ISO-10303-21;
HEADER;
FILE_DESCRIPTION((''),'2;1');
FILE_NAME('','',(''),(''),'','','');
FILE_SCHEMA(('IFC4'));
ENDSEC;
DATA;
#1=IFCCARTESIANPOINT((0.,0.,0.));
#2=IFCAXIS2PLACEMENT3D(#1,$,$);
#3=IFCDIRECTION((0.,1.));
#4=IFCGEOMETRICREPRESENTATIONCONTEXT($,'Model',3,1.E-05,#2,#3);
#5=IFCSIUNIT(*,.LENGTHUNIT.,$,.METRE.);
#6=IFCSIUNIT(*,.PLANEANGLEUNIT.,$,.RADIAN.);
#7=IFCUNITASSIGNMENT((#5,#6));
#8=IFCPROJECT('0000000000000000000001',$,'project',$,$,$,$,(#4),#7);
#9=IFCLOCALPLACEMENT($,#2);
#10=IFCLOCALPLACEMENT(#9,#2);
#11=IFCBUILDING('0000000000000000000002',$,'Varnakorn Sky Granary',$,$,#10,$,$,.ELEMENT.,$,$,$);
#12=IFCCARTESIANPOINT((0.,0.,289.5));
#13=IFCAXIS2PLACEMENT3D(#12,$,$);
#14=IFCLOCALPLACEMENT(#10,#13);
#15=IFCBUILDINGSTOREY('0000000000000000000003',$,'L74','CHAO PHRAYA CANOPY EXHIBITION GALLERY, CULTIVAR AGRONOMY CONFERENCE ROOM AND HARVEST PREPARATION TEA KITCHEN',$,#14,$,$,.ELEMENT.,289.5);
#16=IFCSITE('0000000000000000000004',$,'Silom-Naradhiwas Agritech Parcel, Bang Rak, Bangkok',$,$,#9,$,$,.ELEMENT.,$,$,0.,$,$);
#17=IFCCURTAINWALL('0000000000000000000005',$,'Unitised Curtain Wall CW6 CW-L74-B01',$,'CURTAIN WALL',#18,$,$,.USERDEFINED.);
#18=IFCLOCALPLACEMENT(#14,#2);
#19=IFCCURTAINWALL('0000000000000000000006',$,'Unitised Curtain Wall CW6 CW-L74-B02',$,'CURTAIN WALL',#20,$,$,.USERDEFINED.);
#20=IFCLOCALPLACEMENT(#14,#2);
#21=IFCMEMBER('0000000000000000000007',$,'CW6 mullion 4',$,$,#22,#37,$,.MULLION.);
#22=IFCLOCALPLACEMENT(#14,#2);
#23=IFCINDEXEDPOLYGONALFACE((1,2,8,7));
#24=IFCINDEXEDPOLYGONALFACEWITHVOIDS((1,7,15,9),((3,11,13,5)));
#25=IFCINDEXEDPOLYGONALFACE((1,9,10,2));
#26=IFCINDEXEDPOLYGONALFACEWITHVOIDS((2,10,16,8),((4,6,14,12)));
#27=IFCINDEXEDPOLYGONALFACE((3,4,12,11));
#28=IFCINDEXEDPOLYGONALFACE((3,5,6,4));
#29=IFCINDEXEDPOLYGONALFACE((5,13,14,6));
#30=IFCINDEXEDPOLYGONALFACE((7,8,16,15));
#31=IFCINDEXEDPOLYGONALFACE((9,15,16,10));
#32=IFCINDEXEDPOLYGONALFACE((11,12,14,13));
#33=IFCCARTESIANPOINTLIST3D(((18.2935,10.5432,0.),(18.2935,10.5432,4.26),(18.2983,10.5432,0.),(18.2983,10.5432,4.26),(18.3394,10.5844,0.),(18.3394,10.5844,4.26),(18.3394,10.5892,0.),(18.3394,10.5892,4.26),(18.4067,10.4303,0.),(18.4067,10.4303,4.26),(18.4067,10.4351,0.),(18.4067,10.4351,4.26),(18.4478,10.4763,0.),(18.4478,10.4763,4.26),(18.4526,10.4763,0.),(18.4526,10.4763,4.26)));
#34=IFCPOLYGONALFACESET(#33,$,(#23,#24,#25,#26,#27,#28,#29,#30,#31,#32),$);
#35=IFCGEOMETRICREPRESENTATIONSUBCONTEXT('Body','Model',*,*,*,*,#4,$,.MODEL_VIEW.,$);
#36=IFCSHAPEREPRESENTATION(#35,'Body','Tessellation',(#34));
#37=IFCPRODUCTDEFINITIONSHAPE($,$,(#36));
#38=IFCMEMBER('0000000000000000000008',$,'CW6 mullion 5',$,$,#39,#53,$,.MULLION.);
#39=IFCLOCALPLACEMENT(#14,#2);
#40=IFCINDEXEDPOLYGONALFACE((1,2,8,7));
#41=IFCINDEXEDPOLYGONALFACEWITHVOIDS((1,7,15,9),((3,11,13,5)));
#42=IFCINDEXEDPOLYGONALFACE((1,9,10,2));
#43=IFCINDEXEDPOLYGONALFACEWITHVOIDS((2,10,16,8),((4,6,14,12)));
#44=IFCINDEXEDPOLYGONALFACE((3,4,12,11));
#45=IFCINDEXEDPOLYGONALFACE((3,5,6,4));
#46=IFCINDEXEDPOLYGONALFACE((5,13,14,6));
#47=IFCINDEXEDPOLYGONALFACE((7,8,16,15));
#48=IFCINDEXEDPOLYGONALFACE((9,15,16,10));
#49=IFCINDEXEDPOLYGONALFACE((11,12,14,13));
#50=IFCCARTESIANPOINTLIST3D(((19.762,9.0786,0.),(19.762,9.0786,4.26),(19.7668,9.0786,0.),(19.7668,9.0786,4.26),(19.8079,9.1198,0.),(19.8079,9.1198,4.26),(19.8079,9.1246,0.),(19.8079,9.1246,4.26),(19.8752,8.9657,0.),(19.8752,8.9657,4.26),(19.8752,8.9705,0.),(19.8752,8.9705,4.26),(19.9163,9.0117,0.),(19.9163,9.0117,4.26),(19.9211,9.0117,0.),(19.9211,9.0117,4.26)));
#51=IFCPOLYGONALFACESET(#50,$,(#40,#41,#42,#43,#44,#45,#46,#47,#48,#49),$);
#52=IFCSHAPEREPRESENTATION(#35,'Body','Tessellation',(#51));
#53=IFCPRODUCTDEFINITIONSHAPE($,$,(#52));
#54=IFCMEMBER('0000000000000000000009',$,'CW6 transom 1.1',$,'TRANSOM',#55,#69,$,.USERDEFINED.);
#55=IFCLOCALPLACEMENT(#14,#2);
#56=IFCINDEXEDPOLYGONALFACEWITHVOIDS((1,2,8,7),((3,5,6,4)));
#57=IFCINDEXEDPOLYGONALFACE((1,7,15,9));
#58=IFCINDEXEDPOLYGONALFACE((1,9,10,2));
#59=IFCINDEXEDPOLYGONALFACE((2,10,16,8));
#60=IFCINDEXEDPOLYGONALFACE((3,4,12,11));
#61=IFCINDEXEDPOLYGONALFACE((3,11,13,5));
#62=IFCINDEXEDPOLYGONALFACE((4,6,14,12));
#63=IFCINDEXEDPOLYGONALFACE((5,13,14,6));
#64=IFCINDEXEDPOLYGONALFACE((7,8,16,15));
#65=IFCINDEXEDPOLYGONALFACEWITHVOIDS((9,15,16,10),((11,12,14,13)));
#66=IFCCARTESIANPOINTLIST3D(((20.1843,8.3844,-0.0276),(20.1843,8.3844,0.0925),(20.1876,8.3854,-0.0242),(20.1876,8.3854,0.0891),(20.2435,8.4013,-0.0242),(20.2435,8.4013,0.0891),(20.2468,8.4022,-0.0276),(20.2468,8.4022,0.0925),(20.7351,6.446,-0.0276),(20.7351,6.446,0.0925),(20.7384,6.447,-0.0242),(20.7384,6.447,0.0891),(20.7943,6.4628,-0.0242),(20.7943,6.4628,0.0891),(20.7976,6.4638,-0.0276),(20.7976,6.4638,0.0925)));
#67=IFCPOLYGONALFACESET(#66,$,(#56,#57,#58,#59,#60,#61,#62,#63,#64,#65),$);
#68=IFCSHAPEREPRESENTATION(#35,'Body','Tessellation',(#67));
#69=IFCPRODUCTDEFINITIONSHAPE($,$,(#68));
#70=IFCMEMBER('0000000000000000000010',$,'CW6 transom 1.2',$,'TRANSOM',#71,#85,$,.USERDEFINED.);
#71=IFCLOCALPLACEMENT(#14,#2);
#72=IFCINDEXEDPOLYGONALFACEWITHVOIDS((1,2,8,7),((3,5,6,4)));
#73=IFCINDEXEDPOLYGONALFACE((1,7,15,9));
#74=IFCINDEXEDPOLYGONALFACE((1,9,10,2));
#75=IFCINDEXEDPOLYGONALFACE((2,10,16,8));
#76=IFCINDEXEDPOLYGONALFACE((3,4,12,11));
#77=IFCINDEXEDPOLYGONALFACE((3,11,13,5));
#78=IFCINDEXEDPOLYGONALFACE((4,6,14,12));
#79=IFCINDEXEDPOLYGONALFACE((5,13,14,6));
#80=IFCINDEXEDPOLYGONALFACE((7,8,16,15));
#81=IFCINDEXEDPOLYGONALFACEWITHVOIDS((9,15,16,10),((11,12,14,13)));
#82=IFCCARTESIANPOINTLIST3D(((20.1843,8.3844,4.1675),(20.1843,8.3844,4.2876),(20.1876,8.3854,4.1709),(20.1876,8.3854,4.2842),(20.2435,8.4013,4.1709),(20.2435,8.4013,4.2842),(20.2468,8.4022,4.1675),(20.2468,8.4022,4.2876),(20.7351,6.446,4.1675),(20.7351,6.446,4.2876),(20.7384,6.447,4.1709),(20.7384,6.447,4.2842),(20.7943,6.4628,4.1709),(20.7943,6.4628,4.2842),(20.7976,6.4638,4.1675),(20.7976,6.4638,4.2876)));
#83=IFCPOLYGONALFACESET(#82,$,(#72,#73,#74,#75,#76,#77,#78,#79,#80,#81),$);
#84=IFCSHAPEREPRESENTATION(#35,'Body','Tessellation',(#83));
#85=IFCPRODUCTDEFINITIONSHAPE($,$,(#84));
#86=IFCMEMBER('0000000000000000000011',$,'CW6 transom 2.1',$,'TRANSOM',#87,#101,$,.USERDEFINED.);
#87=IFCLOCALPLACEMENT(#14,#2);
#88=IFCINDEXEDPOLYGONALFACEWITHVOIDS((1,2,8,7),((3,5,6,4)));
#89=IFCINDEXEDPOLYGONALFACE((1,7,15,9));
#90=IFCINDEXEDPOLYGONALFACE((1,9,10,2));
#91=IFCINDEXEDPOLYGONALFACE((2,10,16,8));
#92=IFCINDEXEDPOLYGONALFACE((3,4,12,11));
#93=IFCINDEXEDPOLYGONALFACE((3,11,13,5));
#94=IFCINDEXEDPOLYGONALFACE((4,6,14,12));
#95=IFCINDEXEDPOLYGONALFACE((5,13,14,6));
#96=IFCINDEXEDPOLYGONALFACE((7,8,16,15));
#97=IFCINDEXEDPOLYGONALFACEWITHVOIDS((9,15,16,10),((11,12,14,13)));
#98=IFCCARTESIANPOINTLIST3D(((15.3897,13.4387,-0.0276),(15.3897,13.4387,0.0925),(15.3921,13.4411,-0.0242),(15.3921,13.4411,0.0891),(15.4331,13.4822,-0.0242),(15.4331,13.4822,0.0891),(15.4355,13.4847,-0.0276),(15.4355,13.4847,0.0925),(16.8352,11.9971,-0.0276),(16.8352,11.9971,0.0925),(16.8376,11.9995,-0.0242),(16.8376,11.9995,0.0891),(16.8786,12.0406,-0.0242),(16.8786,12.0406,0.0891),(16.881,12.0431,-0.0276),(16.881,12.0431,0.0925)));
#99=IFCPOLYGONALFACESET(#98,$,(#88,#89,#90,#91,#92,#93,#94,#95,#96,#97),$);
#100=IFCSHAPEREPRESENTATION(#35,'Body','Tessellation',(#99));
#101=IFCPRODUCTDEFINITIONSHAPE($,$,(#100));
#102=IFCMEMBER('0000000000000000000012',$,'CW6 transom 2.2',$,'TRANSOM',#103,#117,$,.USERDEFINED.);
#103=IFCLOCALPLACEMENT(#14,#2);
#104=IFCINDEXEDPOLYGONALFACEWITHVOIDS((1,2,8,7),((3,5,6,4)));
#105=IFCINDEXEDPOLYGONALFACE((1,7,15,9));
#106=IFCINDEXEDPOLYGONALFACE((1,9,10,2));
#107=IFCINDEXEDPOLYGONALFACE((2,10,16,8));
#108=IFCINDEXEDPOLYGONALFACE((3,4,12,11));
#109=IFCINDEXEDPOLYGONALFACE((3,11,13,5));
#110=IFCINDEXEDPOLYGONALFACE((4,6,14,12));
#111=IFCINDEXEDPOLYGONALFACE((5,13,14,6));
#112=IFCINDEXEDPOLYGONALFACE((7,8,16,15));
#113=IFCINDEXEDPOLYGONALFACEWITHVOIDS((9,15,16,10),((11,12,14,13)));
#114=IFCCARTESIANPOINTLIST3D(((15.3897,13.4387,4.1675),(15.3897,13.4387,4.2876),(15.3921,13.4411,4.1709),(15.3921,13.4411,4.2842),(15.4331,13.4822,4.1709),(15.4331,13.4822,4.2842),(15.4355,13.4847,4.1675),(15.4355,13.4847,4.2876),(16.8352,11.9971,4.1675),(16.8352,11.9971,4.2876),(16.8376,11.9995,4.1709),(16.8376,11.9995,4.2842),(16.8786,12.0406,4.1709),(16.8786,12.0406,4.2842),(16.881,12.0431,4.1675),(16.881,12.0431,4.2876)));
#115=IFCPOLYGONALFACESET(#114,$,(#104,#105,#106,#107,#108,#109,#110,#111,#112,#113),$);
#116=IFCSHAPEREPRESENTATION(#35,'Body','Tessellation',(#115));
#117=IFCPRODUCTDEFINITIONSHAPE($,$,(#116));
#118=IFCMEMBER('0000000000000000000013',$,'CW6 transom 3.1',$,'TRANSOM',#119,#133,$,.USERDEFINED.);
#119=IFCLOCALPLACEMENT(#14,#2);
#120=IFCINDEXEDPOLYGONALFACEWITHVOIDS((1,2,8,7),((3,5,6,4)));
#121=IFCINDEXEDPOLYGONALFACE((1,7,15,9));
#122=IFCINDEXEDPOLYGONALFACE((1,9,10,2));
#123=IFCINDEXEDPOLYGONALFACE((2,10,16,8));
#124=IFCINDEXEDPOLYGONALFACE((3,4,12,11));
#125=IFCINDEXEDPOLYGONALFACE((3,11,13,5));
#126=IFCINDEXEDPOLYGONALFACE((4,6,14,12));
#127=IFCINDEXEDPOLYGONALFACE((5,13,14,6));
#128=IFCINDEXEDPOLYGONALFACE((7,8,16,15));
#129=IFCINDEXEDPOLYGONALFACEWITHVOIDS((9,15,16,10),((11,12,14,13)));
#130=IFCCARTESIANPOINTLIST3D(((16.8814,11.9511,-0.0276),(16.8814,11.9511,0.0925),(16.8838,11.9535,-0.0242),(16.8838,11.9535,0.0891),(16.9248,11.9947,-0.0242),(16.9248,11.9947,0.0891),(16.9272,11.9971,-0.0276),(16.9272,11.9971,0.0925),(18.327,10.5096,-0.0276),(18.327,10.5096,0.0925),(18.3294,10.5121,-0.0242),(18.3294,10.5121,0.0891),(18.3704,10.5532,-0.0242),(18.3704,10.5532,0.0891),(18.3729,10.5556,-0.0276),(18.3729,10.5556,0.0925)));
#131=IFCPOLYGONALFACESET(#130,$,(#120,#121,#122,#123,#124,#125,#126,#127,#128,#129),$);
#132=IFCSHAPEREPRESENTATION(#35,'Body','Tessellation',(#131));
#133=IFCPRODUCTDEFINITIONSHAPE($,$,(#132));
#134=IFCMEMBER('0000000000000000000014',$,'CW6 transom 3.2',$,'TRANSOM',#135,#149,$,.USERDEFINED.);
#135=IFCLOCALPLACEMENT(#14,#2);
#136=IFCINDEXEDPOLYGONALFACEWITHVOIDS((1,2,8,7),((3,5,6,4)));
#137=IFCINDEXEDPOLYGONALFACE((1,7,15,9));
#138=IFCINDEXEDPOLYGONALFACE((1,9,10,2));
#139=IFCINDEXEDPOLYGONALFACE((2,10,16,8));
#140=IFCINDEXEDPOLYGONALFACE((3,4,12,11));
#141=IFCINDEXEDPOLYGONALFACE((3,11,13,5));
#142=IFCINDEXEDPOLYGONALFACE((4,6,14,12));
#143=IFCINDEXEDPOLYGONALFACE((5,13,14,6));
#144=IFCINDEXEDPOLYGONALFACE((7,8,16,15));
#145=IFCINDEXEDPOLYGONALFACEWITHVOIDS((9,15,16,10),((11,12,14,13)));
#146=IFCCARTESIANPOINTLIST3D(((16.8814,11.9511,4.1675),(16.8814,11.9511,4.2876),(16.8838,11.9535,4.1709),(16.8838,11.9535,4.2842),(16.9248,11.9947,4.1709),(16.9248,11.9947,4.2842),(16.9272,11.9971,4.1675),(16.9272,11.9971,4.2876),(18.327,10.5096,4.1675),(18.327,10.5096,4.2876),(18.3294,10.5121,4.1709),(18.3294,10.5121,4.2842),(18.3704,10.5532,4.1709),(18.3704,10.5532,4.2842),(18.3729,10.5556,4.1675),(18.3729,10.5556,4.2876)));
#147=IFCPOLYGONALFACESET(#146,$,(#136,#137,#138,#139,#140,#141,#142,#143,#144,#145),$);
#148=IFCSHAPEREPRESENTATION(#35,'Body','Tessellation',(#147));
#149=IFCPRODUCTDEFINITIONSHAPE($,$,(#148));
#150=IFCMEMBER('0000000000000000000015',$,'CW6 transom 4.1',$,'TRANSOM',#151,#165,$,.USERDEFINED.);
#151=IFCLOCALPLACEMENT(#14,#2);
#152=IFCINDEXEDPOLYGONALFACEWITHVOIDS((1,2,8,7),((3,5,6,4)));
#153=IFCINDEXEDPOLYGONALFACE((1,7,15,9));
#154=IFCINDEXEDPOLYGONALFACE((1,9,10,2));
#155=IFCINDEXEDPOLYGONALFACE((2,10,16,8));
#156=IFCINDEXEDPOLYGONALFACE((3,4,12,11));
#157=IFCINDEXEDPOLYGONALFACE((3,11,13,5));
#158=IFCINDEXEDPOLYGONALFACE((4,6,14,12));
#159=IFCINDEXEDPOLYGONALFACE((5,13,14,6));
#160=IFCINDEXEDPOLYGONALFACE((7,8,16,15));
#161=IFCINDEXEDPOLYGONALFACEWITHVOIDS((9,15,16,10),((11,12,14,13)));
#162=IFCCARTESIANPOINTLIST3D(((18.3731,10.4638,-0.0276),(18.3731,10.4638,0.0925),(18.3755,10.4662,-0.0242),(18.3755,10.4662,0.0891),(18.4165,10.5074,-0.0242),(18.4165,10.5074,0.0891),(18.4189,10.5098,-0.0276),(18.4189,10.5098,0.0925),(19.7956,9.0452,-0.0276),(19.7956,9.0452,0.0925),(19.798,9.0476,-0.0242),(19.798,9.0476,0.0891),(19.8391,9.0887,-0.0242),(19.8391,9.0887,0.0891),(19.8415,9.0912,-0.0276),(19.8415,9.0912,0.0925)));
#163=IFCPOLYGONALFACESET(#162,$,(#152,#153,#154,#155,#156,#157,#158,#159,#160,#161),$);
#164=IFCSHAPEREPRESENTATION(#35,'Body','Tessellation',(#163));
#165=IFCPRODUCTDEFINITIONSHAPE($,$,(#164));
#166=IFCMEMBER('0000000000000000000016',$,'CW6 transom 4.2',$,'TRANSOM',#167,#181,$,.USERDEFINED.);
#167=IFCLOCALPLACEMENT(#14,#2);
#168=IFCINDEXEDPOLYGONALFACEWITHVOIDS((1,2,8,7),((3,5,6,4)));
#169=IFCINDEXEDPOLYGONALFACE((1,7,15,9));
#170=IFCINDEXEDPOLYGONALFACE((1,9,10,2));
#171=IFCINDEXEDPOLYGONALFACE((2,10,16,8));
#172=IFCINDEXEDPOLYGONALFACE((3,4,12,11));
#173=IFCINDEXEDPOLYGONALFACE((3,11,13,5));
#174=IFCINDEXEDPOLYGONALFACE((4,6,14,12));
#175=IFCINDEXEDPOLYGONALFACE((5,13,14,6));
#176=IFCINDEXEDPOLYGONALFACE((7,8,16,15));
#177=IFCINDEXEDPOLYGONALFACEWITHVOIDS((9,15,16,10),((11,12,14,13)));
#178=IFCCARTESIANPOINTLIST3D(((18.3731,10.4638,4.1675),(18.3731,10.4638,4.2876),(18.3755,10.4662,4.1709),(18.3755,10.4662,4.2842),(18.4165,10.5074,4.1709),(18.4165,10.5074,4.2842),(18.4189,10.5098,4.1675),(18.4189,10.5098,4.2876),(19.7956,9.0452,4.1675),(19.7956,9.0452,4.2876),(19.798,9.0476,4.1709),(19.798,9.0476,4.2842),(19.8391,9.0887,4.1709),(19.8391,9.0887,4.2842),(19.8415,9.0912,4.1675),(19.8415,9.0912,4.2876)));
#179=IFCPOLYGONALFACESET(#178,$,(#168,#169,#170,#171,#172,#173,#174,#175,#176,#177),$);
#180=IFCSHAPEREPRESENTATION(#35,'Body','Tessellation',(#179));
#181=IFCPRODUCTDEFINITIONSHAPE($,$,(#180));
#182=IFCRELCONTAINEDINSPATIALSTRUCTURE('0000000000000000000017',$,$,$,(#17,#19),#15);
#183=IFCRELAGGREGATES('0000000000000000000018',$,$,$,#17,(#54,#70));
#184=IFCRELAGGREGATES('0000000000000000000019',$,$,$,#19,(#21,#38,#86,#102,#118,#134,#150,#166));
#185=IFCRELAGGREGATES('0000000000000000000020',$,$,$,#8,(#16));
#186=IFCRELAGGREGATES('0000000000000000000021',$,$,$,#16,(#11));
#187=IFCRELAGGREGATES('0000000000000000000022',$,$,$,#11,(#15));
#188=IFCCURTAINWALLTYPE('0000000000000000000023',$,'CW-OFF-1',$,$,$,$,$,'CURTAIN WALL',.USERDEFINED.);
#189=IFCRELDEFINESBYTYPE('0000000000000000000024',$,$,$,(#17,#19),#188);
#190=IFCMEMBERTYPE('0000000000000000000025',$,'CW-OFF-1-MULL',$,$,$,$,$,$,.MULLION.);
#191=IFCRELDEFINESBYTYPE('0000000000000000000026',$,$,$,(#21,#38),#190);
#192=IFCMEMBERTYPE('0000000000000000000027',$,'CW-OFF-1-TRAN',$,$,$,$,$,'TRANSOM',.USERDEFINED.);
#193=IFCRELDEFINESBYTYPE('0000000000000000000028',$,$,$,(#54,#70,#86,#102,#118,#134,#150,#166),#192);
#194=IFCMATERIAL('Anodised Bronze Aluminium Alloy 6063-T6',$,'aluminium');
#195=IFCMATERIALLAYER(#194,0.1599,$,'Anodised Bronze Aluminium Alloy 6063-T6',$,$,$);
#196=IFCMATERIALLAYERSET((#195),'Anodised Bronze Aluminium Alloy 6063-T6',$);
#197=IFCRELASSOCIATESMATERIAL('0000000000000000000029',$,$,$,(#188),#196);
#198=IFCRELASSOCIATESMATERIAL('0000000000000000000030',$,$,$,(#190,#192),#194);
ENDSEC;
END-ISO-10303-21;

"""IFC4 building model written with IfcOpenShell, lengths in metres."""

from ifc_helpers import new_model, si_unit, direction, frame, origin, origin_2d, place, context, subcontext, project, spatial, hollow_rectangle, extrude, material, layer, layer_set, material_profile, profile_set, type_object, element, aggregate, save


model = new_model("IFC4")

# Units and contexts
model_context = context("Model", 3, precision=1e-05, world=origin(), true_north=direction((0.0, 1.0)))
body_context = subcontext(model_context, "Body", "Model", "MODEL_VIEW")
ifc_project = project(units=[si_unit("LENGTHUNIT", "METRE"), si_unit("PLANEANGLEUNIT", "RADIAN")], contexts=[model_context])

# Site, building, storey
site_placement = place(None, origin())
site = spatial("IfcSite", under=ifc_project, at=site_placement, Name="Silom-Naradhiwas Agritech Parcel, Bang Rak, Bangkok", CompositionType="ELEMENT", RefElevation=0.0)
building_placement = place(site_placement, origin())
building = spatial("IfcBuilding", under=site, at=building_placement, Name="Varnakorn Sky Granary", CompositionType="ELEMENT")
storey_placement = place(building_placement, frame((0.0, 0.0, 289.5)))
storey = spatial("IfcBuildingStorey", under=building, at=storey_placement, Name="L74", Description="CHAO PHRAYA CANOPY EXHIBITION GALLERY, CULTIVAR AGRONOMY CONFERENCE ROOM AND HARVEST PREPARATION TEA KITCHEN", CompositionType="ELEMENT", Elevation=289.5)

# Curtain walls, members
ifc_material_1 = material(Name="Anodised Bronze Aluminium Alloy 6063-T6", Category="aluminium")
ifc_layer_1 = layer(ifc_material_1, 0.1599, Name="Anodised Bronze Aluminium Alloy 6063-T6")
ifc_layer_set_1 = layer_set([ifc_layer_1], Name="Anodised Bronze Aluminium Alloy 6063-T6")
curtain_wall_type = type_object("IfcCurtainWallType", Name="CW-OFF-1", ElementType="CURTAIN WALL", PredefinedType="USERDEFINED", material=ifc_layer_set_1)
curtain_wall_1_placement = place(storey_placement, origin())
curtain_wall_1 = element("IfcCurtainWall", 1, at=curtain_wall_1_placement, inside=storey, type_object=curtain_wall_type, Name="Unitised Curtain Wall CW6 CW-L74-B01", ObjectType="CURTAIN WALL", PredefinedType="USERDEFINED")
ifc_material_profile_1 = material_profile(ifc_material_1, hollow_rectangle(XDim=0.0649, YDim=0.1599, WallThickness=0.0034, at=origin_2d()), Name="ALU MULL 65x160")
ifc_profile_set_1 = profile_set([ifc_material_profile_1], Name="Anodised Bronze Aluminium Alloy 6063-T6")
member_type_1 = type_object("IfcMemberType", Name="CW-OFF-1-MULL", PredefinedType="MULLION", material=ifc_profile_set_1)
curtain_wall_2_placement = place(storey_placement, origin())
curtain_wall_2 = element("IfcCurtainWall", 2, at=curtain_wall_2_placement, inside=storey, type_object=curtain_wall_type, Name="Unitised Curtain Wall CW6 CW-L74-B02", ObjectType="CURTAIN WALL", PredefinedType="USERDEFINED")
member_1_placement = place(storey_placement, frame((18.373, 10.5098, 0.0), z_axis=(0.0, 0.0, 1.0), x_axis=(0.706103, 0.708109, 0.0)))
member_1 = element("IfcMember", 3, at=member_1_placement, type_object=member_type_1, Name="CW6 mullion 4", PredefinedType="MULLION", context=body_context, shape_type="SweptSolid", body=[
    extrude(hollow_rectangle(XDim=0.0649, YDim=0.1599, WallThickness=0.0034, at=origin_2d()), origin(), (0.0, 0.0, 1.0), 4.26),
])
member_2_placement = place(storey_placement, frame((19.8416, 9.0452, 0.0), z_axis=(0.0, 0.0, 1.0), x_axis=(0.706103, 0.708109, 0.0)))
member_2 = element("IfcMember", 4, at=member_2_placement, type_object=member_type_1, Name="CW6 mullion 5", PredefinedType="MULLION", context=body_context, shape_type="SweptSolid", body=[
    extrude(hollow_rectangle(XDim=0.0649, YDim=0.1599, WallThickness=0.0034, at=origin_2d()), origin(), (0.0, 0.0, 1.0), 4.26),
])

# Members
ifc_material_profile_2 = material_profile(ifc_material_1, hollow_rectangle(XDim=0.0649, YDim=0.1201, WallThickness=0.0034, at=origin_2d()), Name="ALU TRAN 65x120")
ifc_profile_set_2 = profile_set([ifc_material_profile_2], Name="Anodised Bronze Aluminium Alloy 6063-T6")
member_type_2 = type_object("IfcMemberType", Name="CW-OFF-1-TRAN", ElementType="TRANSOM", PredefinedType="USERDEFINED", material=ifc_profile_set_2)
member_3_placement = place(storey_placement, frame((20.2156, 8.3933, 0.0325), z_axis=(0.273313, -0.961925, 0.0), x_axis=(0.961925, 0.273313, 0.0)))
member_3 = element("IfcMember", 5, at=member_3_placement, type_object=member_type_2, Name="CW6 transom 1.1", ObjectType="TRANSOM", PredefinedType="USERDEFINED", context=body_context, shape_type="SweptSolid", body=[
    extrude(hollow_rectangle(XDim=0.0649, YDim=0.1201, WallThickness=0.0034, at=origin_2d()), origin(), (0.0, 0.0, 1.0), 2.0151),
])
member_4_placement = place(storey_placement, frame((20.2156, 8.3933, 4.2275), z_axis=(0.273313, -0.961925, 0.0), x_axis=(0.961925, 0.273313, 0.0)))
member_4 = element("IfcMember", 6, at=member_4_placement, type_object=member_type_2, Name="CW6 transom 1.2", ObjectType="TRANSOM", PredefinedType="USERDEFINED", context=body_context, shape_type="SweptSolid", body=[
    extrude(hollow_rectangle(XDim=0.0649, YDim=0.1201, WallThickness=0.0034, at=origin_2d()), origin(), (0.0, 0.0, 1.0), 2.0151),
])
member_5_placement = place(storey_placement, frame((15.4126, 13.4617, 0.0325), z_axis=(0.708063, -0.706149, 0.0), x_axis=(0.706149, 0.708063, 0.0)))
member_5 = element("IfcMember", 7, at=member_5_placement, type_object=member_type_2, Name="CW6 transom 2.1", ObjectType="TRANSOM", PredefinedType="USERDEFINED", context=body_context, shape_type="SweptSolid", body=[
    extrude(hollow_rectangle(XDim=0.0649, YDim=0.1201, WallThickness=0.0034, at=origin_2d()), origin(), (0.0, 0.0, 1.0), 2.0415),
])
member_6_placement = place(storey_placement, frame((15.4126, 13.4617, 4.2275), z_axis=(0.708063, -0.706149, 0.0), x_axis=(0.706149, 0.708063, 0.0)))
member_6 = element("IfcMember", 8, at=member_6_placement, type_object=member_type_2, Name="CW6 transom 2.2", ObjectType="TRANSOM", PredefinedType="USERDEFINED", context=body_context, shape_type="SweptSolid", body=[
    extrude(hollow_rectangle(XDim=0.0649, YDim=0.1201, WallThickness=0.0034, at=origin_2d()), origin(), (0.0, 0.0, 1.0), 2.0415),
])
member_7_placement = place(storey_placement, frame((16.9043, 11.9741, 0.0325), z_axis=(0.708123, -0.706089, 0.0), x_axis=(0.706089, 0.708123, 0.0)))
member_7 = element("IfcMember", 9, at=member_7_placement, type_object=member_type_2, Name="CW6 transom 3.1", ObjectType="TRANSOM", PredefinedType="USERDEFINED", context=body_context, shape_type="SweptSolid", body=[
    extrude(hollow_rectangle(XDim=0.0649, YDim=0.1201, WallThickness=0.0034, at=origin_2d()), origin(), (0.0, 0.0, 1.0), 2.0415),
])
member_8_placement = place(storey_placement, frame((16.9043, 11.9741, 4.2275), z_axis=(0.708123, -0.706089, 0.0), x_axis=(0.706089, 0.708123, 0.0)))
member_8 = element("IfcMember", 10, at=member_8_placement, type_object=member_type_2, Name="CW6 transom 3.2", ObjectType="TRANSOM", PredefinedType="USERDEFINED", context=body_context, shape_type="SweptSolid", body=[
    extrude(hollow_rectangle(XDim=0.0649, YDim=0.1201, WallThickness=0.0034, at=origin_2d()), origin(), (0.0, 0.0, 1.0), 2.0415),
])
member_9_placement = place(storey_placement, frame((18.396, 10.4868, 0.0325), z_axis=(0.708078, -0.706134, 0.0), x_axis=(0.706134, 0.708078, 0.0)))
member_9 = element("IfcMember", 11, at=member_9_placement, type_object=member_type_2, Name="CW6 transom 4.1", ObjectType="TRANSOM", PredefinedType="USERDEFINED", context=body_context, shape_type="SweptSolid", body=[
    extrude(hollow_rectangle(XDim=0.0649, YDim=0.1201, WallThickness=0.0034, at=origin_2d()), origin(), (0.0, 0.0, 1.0), 2.009),
])
member_10_placement = place(storey_placement, frame((18.396, 10.4868, 4.2275), z_axis=(0.708078, -0.706134, 0.0), x_axis=(0.706134, 0.708078, 0.0)))
member_10 = element("IfcMember", 12, at=member_10_placement, type_object=member_type_2, Name="CW6 transom 4.2", ObjectType="TRANSOM", PredefinedType="USERDEFINED", context=body_context, shape_type="SweptSolid", body=[
    extrude(hollow_rectangle(XDim=0.0649, YDim=0.1201, WallThickness=0.0034, at=origin_2d()), origin(), (0.0, 0.0, 1.0), 2.009),
])

aggregate(curtain_wall_1, [member_3, member_4])
aggregate(curtain_wall_2, [member_1, member_2, member_5, member_6, member_7, member_8, member_9, member_10])

save(model, "model.ifc")
